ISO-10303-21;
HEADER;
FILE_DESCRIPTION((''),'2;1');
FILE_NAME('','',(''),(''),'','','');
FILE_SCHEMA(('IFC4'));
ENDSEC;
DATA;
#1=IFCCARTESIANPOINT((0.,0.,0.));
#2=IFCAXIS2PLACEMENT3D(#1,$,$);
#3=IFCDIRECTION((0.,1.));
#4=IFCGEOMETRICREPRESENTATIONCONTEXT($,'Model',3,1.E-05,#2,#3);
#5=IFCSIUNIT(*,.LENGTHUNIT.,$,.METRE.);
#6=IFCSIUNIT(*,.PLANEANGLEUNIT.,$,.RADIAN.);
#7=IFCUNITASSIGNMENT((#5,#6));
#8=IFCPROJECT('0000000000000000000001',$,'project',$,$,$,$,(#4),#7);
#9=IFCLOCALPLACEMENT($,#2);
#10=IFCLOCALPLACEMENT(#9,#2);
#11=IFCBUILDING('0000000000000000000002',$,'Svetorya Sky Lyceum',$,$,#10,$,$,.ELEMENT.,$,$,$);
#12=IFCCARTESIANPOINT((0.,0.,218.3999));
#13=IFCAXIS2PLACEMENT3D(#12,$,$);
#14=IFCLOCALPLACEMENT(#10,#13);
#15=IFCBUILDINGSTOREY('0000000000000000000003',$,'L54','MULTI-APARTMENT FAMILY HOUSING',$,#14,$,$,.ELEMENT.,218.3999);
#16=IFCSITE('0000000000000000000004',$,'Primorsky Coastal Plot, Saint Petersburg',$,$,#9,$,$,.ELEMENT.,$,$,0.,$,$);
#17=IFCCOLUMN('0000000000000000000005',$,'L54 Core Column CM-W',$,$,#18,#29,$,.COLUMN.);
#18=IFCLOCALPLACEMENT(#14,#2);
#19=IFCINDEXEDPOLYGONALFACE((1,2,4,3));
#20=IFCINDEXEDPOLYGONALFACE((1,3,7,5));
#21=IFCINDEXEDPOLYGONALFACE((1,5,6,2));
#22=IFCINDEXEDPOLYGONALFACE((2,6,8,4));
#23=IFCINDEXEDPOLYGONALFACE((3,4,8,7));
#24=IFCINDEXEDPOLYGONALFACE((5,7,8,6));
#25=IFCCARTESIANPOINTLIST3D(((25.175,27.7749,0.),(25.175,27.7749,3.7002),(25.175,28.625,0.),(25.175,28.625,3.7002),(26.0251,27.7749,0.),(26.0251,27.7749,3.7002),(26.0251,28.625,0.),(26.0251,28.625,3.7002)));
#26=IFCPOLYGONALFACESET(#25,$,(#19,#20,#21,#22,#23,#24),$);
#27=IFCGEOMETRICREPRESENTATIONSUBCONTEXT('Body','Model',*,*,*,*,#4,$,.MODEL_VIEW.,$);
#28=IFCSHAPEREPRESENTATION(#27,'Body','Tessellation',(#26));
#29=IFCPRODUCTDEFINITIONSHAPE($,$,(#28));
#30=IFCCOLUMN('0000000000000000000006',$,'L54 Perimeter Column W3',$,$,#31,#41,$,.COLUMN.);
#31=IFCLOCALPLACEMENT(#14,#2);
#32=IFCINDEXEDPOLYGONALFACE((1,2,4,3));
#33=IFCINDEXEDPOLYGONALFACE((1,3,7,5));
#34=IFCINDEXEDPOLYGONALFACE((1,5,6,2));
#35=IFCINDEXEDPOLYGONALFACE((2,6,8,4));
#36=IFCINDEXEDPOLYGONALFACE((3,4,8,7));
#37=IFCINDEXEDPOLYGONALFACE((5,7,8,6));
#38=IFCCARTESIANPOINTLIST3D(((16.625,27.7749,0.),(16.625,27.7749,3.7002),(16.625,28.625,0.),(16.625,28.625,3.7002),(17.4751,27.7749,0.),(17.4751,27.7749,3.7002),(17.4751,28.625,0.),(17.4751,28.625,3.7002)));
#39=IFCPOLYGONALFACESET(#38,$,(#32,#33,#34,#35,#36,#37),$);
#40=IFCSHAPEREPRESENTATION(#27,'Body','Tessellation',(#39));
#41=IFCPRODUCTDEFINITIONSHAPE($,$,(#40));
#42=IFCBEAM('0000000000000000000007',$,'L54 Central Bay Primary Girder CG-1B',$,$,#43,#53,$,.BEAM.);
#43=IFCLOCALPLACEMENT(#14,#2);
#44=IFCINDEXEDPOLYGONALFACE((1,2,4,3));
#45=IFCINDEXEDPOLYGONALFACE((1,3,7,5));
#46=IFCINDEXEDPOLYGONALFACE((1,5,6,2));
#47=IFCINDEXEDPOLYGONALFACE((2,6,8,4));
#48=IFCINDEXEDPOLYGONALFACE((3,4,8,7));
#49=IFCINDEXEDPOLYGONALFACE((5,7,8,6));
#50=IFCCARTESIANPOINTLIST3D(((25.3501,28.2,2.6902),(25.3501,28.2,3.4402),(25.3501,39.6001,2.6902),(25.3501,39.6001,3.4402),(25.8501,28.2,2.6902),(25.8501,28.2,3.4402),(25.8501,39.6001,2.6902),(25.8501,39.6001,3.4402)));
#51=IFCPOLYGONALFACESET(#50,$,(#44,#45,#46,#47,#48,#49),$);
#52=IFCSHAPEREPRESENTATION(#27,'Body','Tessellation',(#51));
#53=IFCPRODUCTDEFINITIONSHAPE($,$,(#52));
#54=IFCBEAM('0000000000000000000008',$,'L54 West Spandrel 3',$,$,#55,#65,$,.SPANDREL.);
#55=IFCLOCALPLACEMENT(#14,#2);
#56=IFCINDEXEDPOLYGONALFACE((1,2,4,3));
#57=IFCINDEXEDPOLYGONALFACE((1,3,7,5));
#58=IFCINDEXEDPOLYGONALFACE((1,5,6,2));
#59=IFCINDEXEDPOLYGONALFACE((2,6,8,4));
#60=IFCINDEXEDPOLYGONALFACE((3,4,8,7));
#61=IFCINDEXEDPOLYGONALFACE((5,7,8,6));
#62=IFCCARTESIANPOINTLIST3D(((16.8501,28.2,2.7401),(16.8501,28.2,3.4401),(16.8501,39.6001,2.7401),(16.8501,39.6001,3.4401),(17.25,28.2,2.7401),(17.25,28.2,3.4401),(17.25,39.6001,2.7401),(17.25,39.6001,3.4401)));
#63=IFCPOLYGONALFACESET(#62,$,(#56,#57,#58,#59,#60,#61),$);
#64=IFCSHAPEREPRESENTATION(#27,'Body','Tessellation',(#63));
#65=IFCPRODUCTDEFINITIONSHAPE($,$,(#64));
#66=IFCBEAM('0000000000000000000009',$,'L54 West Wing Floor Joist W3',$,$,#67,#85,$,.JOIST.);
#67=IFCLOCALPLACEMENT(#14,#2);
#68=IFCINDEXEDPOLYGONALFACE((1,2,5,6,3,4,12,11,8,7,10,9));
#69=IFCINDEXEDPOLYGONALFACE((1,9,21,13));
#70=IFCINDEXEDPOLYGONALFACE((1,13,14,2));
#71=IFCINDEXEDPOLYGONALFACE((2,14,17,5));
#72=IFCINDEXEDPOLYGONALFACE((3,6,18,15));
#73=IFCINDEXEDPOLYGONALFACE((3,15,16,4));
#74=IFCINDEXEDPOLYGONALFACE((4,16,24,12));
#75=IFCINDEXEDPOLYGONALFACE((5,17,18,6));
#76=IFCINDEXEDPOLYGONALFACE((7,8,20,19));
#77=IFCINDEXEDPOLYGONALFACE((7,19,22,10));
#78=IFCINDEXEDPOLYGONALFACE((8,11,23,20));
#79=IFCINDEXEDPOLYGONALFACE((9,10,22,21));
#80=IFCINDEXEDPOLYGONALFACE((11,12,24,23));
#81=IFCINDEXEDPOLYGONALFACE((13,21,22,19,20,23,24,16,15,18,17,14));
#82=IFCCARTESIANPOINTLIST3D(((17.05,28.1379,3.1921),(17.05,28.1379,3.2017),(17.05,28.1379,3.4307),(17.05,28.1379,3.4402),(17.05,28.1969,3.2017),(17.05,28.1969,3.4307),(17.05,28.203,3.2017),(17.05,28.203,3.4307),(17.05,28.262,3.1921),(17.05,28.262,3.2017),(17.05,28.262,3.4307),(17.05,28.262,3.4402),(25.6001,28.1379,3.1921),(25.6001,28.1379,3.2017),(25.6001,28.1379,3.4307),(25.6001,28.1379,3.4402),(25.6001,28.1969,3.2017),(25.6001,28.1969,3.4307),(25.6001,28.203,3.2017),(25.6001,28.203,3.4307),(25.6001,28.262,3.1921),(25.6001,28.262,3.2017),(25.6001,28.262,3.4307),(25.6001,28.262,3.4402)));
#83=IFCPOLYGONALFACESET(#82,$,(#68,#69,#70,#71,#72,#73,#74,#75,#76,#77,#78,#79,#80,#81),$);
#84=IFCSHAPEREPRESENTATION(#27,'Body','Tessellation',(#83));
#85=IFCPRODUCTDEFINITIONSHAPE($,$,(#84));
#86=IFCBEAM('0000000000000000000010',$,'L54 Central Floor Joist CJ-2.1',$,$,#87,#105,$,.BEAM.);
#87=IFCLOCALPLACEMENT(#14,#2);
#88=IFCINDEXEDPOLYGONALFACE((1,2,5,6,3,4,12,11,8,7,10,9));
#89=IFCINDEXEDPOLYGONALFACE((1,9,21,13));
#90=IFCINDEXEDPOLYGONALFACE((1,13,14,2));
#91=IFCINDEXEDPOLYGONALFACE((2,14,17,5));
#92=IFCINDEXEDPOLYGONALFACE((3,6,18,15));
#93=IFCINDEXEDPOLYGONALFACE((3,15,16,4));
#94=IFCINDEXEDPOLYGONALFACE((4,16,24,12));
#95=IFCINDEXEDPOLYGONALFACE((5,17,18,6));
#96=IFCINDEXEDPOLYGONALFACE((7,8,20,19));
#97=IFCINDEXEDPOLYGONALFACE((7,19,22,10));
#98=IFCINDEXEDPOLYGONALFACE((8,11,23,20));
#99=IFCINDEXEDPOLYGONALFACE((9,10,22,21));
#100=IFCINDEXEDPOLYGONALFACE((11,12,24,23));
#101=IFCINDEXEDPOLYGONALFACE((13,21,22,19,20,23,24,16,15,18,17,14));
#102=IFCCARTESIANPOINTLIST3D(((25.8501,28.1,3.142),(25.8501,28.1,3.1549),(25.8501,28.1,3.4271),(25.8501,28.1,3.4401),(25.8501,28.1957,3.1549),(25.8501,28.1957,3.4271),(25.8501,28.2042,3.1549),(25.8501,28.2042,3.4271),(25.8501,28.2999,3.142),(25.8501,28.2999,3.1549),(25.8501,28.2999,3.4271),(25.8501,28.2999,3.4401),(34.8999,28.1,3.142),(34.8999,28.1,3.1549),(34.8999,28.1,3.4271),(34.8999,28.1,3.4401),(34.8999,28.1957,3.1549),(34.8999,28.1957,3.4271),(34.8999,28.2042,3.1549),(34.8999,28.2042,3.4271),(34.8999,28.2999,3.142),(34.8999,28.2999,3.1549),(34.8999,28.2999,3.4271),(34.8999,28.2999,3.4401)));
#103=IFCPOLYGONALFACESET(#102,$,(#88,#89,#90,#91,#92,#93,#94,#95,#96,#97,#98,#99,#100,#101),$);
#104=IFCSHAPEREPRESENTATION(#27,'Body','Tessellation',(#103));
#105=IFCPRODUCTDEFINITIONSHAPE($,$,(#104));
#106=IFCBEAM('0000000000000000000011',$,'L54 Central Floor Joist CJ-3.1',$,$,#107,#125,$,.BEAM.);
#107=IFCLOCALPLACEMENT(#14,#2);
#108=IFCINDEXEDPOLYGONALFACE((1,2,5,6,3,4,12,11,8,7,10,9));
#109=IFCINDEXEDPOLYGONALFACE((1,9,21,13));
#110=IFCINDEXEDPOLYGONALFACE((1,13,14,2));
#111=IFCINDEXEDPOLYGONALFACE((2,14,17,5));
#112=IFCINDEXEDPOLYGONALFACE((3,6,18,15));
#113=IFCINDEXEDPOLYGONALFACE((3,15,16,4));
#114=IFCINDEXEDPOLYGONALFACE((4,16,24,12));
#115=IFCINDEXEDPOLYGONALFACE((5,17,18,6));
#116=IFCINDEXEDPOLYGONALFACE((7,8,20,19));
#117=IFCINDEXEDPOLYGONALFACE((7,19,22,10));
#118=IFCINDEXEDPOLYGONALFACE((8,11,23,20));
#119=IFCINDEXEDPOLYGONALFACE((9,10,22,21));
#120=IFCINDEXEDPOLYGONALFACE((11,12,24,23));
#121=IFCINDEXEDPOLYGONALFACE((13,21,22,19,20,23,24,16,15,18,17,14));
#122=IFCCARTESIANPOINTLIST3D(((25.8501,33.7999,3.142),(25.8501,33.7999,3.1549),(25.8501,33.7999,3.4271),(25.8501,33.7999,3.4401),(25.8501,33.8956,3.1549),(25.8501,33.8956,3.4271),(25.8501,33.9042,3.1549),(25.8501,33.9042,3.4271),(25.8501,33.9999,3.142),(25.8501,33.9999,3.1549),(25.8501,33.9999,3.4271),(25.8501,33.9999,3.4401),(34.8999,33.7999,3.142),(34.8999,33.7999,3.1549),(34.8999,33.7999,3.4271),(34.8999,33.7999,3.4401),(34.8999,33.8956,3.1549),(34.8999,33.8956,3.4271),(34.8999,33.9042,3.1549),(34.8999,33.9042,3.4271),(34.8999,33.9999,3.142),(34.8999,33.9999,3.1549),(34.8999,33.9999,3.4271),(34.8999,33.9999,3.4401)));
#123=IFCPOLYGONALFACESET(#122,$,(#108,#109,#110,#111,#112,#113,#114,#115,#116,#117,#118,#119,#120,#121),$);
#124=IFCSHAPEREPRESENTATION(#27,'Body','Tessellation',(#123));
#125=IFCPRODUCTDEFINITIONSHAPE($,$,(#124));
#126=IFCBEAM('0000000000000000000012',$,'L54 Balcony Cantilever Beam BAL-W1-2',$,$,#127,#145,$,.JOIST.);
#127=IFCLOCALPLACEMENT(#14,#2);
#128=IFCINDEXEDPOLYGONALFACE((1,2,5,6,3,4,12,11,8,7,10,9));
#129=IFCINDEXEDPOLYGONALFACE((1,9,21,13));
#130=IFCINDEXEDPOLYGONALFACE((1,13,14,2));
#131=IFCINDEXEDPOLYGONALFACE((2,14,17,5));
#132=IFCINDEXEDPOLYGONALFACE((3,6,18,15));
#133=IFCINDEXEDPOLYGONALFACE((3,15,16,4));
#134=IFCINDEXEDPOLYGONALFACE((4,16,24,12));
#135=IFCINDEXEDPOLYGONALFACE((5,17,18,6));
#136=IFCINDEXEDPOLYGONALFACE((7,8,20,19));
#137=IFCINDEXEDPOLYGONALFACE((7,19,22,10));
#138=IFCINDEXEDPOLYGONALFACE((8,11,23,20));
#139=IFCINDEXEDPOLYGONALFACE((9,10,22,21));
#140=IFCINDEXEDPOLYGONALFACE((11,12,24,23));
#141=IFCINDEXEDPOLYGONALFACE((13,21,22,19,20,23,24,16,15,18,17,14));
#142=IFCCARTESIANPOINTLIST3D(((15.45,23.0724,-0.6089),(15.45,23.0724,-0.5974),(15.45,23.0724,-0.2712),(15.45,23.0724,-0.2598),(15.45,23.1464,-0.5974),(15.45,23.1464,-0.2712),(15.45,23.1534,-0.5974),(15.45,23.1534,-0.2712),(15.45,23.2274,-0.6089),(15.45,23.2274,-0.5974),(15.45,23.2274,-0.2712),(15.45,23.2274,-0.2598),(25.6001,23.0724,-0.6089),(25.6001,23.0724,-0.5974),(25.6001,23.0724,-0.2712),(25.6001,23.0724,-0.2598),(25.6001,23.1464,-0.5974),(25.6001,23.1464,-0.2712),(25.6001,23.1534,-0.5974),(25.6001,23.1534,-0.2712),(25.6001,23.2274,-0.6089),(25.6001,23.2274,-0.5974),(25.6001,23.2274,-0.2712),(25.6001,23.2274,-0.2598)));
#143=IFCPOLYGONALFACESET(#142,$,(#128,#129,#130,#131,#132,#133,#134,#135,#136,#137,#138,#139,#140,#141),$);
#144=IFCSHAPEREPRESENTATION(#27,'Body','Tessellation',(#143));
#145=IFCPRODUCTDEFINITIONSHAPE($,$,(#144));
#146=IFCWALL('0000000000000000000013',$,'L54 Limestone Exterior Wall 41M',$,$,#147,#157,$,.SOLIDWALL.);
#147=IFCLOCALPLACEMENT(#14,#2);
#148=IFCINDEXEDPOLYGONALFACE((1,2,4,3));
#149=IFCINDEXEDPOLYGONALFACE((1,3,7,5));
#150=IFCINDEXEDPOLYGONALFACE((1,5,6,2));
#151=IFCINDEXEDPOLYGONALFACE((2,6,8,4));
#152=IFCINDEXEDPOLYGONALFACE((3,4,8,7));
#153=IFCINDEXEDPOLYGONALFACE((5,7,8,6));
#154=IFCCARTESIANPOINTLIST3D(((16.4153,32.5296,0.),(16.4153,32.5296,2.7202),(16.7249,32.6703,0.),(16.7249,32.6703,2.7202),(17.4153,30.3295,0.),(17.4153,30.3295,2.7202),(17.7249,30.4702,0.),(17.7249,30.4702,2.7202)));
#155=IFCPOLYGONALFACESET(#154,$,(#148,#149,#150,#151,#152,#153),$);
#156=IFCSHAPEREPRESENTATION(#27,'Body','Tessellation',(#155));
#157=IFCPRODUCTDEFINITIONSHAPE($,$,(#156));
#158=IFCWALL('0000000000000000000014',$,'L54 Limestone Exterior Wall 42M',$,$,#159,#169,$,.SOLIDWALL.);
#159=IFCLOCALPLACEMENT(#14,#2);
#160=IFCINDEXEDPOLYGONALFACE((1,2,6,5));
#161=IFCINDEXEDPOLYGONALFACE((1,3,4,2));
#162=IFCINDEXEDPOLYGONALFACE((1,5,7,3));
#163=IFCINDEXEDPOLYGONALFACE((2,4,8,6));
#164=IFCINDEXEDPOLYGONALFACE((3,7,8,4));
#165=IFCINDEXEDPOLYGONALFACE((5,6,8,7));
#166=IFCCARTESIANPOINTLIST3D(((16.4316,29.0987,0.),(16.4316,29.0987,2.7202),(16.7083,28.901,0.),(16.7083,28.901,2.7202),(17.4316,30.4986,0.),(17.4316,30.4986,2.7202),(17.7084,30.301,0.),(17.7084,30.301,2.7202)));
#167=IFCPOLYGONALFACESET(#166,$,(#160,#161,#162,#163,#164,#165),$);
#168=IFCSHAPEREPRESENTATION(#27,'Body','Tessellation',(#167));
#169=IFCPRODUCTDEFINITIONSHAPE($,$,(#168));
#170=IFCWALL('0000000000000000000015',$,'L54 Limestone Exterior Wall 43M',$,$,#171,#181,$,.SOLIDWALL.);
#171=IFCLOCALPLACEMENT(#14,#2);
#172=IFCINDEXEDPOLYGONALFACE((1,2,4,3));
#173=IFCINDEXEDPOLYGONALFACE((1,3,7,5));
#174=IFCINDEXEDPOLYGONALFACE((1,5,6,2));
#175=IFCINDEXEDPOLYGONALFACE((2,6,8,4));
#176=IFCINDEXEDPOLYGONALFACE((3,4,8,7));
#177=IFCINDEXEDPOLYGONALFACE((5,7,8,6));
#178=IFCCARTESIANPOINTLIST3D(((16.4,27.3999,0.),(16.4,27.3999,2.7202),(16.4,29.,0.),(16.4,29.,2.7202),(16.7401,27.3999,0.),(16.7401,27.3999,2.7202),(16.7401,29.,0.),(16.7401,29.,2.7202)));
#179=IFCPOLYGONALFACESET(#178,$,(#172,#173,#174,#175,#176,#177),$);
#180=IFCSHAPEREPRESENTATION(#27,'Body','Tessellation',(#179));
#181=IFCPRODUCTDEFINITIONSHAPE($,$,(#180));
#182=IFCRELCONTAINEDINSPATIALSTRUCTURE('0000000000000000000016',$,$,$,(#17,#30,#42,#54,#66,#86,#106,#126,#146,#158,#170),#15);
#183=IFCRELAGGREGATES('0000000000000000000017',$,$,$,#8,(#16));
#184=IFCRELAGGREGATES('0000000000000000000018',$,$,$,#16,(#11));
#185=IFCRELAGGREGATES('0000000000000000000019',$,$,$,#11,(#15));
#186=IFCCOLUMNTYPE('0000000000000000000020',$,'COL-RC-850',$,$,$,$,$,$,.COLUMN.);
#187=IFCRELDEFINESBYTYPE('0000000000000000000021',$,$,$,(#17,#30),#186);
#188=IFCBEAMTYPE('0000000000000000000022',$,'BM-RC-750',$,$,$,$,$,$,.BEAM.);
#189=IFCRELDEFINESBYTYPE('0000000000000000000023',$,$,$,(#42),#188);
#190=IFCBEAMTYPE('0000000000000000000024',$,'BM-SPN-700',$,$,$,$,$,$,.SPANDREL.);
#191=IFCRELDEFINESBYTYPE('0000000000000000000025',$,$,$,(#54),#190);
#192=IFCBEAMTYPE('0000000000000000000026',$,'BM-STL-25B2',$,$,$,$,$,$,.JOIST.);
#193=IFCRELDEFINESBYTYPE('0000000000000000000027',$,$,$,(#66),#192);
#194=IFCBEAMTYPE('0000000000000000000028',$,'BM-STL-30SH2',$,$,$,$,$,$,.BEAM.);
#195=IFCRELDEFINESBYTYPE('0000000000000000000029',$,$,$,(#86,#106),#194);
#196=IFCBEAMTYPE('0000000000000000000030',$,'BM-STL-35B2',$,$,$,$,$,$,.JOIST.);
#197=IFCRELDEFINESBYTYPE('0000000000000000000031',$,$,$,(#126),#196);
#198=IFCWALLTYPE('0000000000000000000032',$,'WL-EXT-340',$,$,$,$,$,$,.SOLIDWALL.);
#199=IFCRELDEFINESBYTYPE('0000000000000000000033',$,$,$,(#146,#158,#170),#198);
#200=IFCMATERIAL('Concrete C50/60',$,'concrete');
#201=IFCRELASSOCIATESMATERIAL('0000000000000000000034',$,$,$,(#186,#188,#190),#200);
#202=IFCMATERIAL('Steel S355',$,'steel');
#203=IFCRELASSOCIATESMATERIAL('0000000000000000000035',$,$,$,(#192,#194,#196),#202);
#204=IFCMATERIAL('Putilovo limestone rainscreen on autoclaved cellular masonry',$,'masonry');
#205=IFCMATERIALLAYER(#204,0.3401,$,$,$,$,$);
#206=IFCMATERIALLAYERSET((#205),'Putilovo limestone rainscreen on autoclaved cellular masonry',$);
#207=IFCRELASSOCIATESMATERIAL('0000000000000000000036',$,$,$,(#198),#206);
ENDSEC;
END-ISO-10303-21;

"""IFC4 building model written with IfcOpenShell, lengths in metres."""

from ifc_helpers import new_model, si_unit, direction, frame, frame_2d, origin, origin_2d, place, context, subcontext, project, spatial, rectangle, i_section, extrude, material, layer, layer_set, material_profile, profile_set, type_object, element, save


model = new_model("IFC4")

# Units and contexts
model_context = context("Model", 3, precision=1e-05, world=origin(), true_north=direction((0.0, 1.0)))
body_context = subcontext(model_context, "Body", "Model", "MODEL_VIEW")
ifc_project = project(units=[si_unit("LENGTHUNIT", "METRE"), si_unit("PLANEANGLEUNIT", "RADIAN")], contexts=[model_context])

# Site, building, storey
site_placement = place(None, origin())
site = spatial("IfcSite", under=ifc_project, at=site_placement, Name="Primorsky Coastal Plot, Saint Petersburg", CompositionType="ELEMENT", RefElevation=0.0)
building_placement = place(site_placement, origin())
building = spatial("IfcBuilding", under=site, at=building_placement, Name="Svetorya Sky Lyceum", CompositionType="ELEMENT")
storey_placement = place(building_placement, frame((0.0, 0.0, 218.3999)))
storey = spatial("IfcBuildingStorey", under=building, at=storey_placement, Name="L54", Description="MULTI-APARTMENT FAMILY HOUSING", CompositionType="ELEMENT", Elevation=218.3999)

# Columns
ifc_material_1 = material(Name="Concrete C50/60", Category="concrete")
ifc_material_profile_1 = material_profile(ifc_material_1, rectangle(XDim=0.8501, YDim=0.8501, at=origin_2d()), Name="RC COL 850x850")
ifc_profile_set_1 = profile_set([ifc_material_profile_1], Name="Concrete C50/60")
column_type = type_object("IfcColumnType", Name="COL-RC-850", PredefinedType="COLUMN", material=ifc_profile_set_1)
for number, where, z_axis, x_axis, name in (
    (1, (25.6001, 28.2, 0.0), (0.0, 0.0, 1.0), (1.0, 0.0, 0.0), "L54 Core Column CM-W"),
    (2, (17.05, 28.2, 0.0), (0.0, 0.0, 1.0), (1.0, 0.0, 0.0), "L54 Perimeter Column W3"),
):
    element("IfcColumn", number, at=place(storey_placement, frame(where, z_axis=z_axis, x_axis=x_axis)), inside=storey, type_object=column_type, Name=name, PredefinedType="COLUMN", context=body_context, shape_type="SweptSolid", body=[
        extrude(rectangle(XDim=0.8501, YDim=0.8501, at=origin_2d()), origin(), (0.0, 0.0, 1.0), 3.7002),
    ])

# Beams
ifc_material_profile_2 = material_profile(ifc_material_1, rectangle(XDim=0.5, YDim=0.75, at=origin_2d()), Name="RC BEAM 500x750")
ifc_profile_set_2 = profile_set([ifc_material_profile_2], Name="Concrete C50/60")
beam_type_1 = type_object("IfcBeamType", Name="BM-RC-750", PredefinedType="BEAM", material=ifc_profile_set_2)
beam_1_placement = place(storey_placement, frame((25.6001, 28.2, 3.0652), z_axis=(0.0, 1.0, 0.0), x_axis=(-1.0, 0.0, 0.0)))
element("IfcBeam", 3, at=beam_1_placement, inside=storey, type_object=beam_type_1, Name="L54 Central Bay Primary Girder CG-1B", PredefinedType="BEAM", context=body_context, shape_type="SweptSolid", body=[
    extrude(rectangle(XDim=0.5, YDim=0.75, at=origin_2d()), origin(), (0.0, 0.0, 1.0), 11.4001),
])
ifc_material_profile_3 = material_profile(ifc_material_1, rectangle(XDim=0.3999, YDim=0.7, at=origin_2d()), Name="RC SPANDREL 400x700")
ifc_profile_set_3 = profile_set([ifc_material_profile_3], Name="Concrete C50/60")
beam_type_2 = type_object("IfcBeamType", Name="BM-SPN-700", PredefinedType="SPANDREL", material=ifc_profile_set_3)
beam_2_placement = place(storey_placement, frame((17.05, 28.2, 3.0901), z_axis=(0.0, 1.0, 0.0), x_axis=(-1.0, 0.0, 0.0)))
element("IfcBeam", 4, at=beam_2_placement, inside=storey, type_object=beam_type_2, Name="L54 West Spandrel 3", PredefinedType="SPANDREL", context=body_context, shape_type="SweptSolid", body=[
    extrude(rectangle(XDim=0.3999, YDim=0.7, at=origin_2d()), origin(), (0.0, 0.0, 1.0), 11.4001),
])
ifc_material_2 = material(Name="Steel S355", Category="steel")
ifc_material_profile_4 = material_profile(ifc_material_2, i_section(OverallWidth=0.124, OverallDepth=0.248, WebThickness=0.0061, FlangeThickness=0.0095, at=origin_2d()), Name="GOST 25B2")
ifc_profile_set_4 = profile_set([ifc_material_profile_4], Name="Steel S355")
beam_type_3 = type_object("IfcBeamType", Name="BM-STL-25B2", PredefinedType="JOIST", material=ifc_profile_set_4)
beam_3_placement = place(storey_placement, frame((17.05, 28.2, 3.3162), z_axis=(1.0, 0.0, 0.0), x_axis=(0.0, 1.0, 0.0)))
element("IfcBeam", 5, at=beam_3_placement, inside=storey, type_object=beam_type_3, Name="L54 West Wing Floor Joist W3", PredefinedType="JOIST", context=body_context, shape_type="SweptSolid", body=[
    extrude(i_section(OverallWidth=0.124, OverallDepth=0.248, WebThickness=0.0061, FlangeThickness=0.0095, at=origin_2d()), origin(), (0.0, 0.0, 1.0), 8.55),
])
ifc_material_profile_5 = material_profile(ifc_material_2, i_section(OverallWidth=0.2, OverallDepth=0.2981, WebThickness=0.0085, FlangeThickness=0.0129, at=origin_2d()), Name="GOST 30Sh2")
ifc_profile_set_5 = profile_set([ifc_material_profile_5], Name="Steel S355")
beam_type_4 = type_object("IfcBeamType", Name="BM-STL-30SH2", PredefinedType="BEAM", material=ifc_profile_set_5)
for number, where, z_axis, x_axis, name in (
    (6, (25.8501, 28.2, 3.291), (1.0, 0.0, 0.0), (0.0, 1.0, 0.0), "L54 Central Floor Joist CJ-2.1"),
    (7, (25.8501, 33.8999, 3.291), (1.0, 0.0, 0.0), (0.0, 1.0, 0.0), "L54 Central Floor Joist CJ-3.1"),
):
    element("IfcBeam", number, at=place(storey_placement, frame(where, z_axis=z_axis, x_axis=x_axis)), inside=storey, type_object=beam_type_4, Name=name, PredefinedType="BEAM", context=body_context, shape_type="SweptSolid", body=[
        extrude(i_section(OverallWidth=0.2, OverallDepth=0.2981, WebThickness=0.0085, FlangeThickness=0.0129, at=origin_2d()), origin(), (0.0, 0.0, 1.0), 9.0498),
    ])
ifc_material_profile_6 = material_profile(ifc_material_2, i_section(OverallWidth=0.155, OverallDepth=0.3491, WebThickness=0.0071, FlangeThickness=0.0115, at=origin_2d()), Name="GOST 35B2")
ifc_profile_set_6 = profile_set([ifc_material_profile_6], Name="Steel S355")
beam_type_5 = type_object("IfcBeamType", Name="BM-STL-35B2", PredefinedType="JOIST", material=ifc_profile_set_6)
beam_4_placement = place(storey_placement, frame((25.6001, 23.1499, -0.4343), z_axis=(-1.0, 0.0, 0.0), x_axis=(0.0, -1.0, 0.0)))
element("IfcBeam", 8, at=beam_4_placement, inside=storey, type_object=beam_type_5, Name="L54 Balcony Cantilever Beam BAL-W1-2", PredefinedType="JOIST", context=body_context, shape_type="SweptSolid", body=[
    extrude(i_section(OverallWidth=0.155, OverallDepth=0.3491, WebThickness=0.0071, FlangeThickness=0.0115, at=origin_2d()), origin(), (0.0, 0.0, 1.0), 10.1501),
])

# Walls
ifc_material_3 = material(Name="Putilovo limestone rainscreen on autoclaved cellular masonry", Category="masonry")
ifc_layer_1 = layer(ifc_material_3, 0.3401)
ifc_layer_set_1 = layer_set([ifc_layer_1], Name="Putilovo limestone rainscreen on autoclaved cellular masonry")
wall_type_1 = type_object("IfcWallType", Name="WL-EXT-340", PredefinedType="SOLIDWALL", material=ifc_layer_set_1)
wall_1_placement = place(storey_placement, frame((16.5701, 32.6001, 0.0), z_axis=(0.0, 0.0, 1.0), x_axis=(0.413773, -0.91038, 0.0)))
element("IfcWall", 9, at=wall_1_placement, inside=storey, type_object=wall_type_1, Name="L54 Limestone Exterior Wall 41M", PredefinedType="SOLIDWALL", context=body_context, shape_type="SweptSolid", body=[
    extrude(rectangle(XDim=2.4167, YDim=0.3401, at=frame_2d((1.2085, 0.0))), origin(), (0.0, 0.0, 1.0), 2.7202),
])
wall_2_placement = place(storey_placement, frame((17.5701, 30.3999, 0.0), z_axis=(0.0, 0.0, 1.0), x_axis=(-0.581265, -0.813714, 0.0)))
element("IfcWall", 10, at=wall_2_placement, inside=storey, type_object=wall_type_1, Name="L54 Limestone Exterior Wall 42M", PredefinedType="SOLIDWALL", context=body_context, shape_type="SweptSolid", body=[
    extrude(rectangle(XDim=1.7205, YDim=0.3401, at=frame_2d((0.8604, 0.0))), origin(), (0.0, 0.0, 1.0), 2.7202),
])
wall_3_placement = place(storey_placement, frame((16.5701, 29.0, 0.0), z_axis=(0.0, 0.0, 1.0), x_axis=(0.0, -1.0, 0.0)))
element("IfcWall", 11, at=wall_3_placement, inside=storey, type_object=wall_type_1, Name="L54 Limestone Exterior Wall 43M", PredefinedType="SOLIDWALL", context=body_context, shape_type="SweptSolid", body=[
    extrude(rectangle(XDim=1.6001, YDim=0.3401, at=frame_2d((0.8, 0.0))), origin(), (0.0, 0.0, 1.0), 2.7202),
])

save(model, "model.ifc")
